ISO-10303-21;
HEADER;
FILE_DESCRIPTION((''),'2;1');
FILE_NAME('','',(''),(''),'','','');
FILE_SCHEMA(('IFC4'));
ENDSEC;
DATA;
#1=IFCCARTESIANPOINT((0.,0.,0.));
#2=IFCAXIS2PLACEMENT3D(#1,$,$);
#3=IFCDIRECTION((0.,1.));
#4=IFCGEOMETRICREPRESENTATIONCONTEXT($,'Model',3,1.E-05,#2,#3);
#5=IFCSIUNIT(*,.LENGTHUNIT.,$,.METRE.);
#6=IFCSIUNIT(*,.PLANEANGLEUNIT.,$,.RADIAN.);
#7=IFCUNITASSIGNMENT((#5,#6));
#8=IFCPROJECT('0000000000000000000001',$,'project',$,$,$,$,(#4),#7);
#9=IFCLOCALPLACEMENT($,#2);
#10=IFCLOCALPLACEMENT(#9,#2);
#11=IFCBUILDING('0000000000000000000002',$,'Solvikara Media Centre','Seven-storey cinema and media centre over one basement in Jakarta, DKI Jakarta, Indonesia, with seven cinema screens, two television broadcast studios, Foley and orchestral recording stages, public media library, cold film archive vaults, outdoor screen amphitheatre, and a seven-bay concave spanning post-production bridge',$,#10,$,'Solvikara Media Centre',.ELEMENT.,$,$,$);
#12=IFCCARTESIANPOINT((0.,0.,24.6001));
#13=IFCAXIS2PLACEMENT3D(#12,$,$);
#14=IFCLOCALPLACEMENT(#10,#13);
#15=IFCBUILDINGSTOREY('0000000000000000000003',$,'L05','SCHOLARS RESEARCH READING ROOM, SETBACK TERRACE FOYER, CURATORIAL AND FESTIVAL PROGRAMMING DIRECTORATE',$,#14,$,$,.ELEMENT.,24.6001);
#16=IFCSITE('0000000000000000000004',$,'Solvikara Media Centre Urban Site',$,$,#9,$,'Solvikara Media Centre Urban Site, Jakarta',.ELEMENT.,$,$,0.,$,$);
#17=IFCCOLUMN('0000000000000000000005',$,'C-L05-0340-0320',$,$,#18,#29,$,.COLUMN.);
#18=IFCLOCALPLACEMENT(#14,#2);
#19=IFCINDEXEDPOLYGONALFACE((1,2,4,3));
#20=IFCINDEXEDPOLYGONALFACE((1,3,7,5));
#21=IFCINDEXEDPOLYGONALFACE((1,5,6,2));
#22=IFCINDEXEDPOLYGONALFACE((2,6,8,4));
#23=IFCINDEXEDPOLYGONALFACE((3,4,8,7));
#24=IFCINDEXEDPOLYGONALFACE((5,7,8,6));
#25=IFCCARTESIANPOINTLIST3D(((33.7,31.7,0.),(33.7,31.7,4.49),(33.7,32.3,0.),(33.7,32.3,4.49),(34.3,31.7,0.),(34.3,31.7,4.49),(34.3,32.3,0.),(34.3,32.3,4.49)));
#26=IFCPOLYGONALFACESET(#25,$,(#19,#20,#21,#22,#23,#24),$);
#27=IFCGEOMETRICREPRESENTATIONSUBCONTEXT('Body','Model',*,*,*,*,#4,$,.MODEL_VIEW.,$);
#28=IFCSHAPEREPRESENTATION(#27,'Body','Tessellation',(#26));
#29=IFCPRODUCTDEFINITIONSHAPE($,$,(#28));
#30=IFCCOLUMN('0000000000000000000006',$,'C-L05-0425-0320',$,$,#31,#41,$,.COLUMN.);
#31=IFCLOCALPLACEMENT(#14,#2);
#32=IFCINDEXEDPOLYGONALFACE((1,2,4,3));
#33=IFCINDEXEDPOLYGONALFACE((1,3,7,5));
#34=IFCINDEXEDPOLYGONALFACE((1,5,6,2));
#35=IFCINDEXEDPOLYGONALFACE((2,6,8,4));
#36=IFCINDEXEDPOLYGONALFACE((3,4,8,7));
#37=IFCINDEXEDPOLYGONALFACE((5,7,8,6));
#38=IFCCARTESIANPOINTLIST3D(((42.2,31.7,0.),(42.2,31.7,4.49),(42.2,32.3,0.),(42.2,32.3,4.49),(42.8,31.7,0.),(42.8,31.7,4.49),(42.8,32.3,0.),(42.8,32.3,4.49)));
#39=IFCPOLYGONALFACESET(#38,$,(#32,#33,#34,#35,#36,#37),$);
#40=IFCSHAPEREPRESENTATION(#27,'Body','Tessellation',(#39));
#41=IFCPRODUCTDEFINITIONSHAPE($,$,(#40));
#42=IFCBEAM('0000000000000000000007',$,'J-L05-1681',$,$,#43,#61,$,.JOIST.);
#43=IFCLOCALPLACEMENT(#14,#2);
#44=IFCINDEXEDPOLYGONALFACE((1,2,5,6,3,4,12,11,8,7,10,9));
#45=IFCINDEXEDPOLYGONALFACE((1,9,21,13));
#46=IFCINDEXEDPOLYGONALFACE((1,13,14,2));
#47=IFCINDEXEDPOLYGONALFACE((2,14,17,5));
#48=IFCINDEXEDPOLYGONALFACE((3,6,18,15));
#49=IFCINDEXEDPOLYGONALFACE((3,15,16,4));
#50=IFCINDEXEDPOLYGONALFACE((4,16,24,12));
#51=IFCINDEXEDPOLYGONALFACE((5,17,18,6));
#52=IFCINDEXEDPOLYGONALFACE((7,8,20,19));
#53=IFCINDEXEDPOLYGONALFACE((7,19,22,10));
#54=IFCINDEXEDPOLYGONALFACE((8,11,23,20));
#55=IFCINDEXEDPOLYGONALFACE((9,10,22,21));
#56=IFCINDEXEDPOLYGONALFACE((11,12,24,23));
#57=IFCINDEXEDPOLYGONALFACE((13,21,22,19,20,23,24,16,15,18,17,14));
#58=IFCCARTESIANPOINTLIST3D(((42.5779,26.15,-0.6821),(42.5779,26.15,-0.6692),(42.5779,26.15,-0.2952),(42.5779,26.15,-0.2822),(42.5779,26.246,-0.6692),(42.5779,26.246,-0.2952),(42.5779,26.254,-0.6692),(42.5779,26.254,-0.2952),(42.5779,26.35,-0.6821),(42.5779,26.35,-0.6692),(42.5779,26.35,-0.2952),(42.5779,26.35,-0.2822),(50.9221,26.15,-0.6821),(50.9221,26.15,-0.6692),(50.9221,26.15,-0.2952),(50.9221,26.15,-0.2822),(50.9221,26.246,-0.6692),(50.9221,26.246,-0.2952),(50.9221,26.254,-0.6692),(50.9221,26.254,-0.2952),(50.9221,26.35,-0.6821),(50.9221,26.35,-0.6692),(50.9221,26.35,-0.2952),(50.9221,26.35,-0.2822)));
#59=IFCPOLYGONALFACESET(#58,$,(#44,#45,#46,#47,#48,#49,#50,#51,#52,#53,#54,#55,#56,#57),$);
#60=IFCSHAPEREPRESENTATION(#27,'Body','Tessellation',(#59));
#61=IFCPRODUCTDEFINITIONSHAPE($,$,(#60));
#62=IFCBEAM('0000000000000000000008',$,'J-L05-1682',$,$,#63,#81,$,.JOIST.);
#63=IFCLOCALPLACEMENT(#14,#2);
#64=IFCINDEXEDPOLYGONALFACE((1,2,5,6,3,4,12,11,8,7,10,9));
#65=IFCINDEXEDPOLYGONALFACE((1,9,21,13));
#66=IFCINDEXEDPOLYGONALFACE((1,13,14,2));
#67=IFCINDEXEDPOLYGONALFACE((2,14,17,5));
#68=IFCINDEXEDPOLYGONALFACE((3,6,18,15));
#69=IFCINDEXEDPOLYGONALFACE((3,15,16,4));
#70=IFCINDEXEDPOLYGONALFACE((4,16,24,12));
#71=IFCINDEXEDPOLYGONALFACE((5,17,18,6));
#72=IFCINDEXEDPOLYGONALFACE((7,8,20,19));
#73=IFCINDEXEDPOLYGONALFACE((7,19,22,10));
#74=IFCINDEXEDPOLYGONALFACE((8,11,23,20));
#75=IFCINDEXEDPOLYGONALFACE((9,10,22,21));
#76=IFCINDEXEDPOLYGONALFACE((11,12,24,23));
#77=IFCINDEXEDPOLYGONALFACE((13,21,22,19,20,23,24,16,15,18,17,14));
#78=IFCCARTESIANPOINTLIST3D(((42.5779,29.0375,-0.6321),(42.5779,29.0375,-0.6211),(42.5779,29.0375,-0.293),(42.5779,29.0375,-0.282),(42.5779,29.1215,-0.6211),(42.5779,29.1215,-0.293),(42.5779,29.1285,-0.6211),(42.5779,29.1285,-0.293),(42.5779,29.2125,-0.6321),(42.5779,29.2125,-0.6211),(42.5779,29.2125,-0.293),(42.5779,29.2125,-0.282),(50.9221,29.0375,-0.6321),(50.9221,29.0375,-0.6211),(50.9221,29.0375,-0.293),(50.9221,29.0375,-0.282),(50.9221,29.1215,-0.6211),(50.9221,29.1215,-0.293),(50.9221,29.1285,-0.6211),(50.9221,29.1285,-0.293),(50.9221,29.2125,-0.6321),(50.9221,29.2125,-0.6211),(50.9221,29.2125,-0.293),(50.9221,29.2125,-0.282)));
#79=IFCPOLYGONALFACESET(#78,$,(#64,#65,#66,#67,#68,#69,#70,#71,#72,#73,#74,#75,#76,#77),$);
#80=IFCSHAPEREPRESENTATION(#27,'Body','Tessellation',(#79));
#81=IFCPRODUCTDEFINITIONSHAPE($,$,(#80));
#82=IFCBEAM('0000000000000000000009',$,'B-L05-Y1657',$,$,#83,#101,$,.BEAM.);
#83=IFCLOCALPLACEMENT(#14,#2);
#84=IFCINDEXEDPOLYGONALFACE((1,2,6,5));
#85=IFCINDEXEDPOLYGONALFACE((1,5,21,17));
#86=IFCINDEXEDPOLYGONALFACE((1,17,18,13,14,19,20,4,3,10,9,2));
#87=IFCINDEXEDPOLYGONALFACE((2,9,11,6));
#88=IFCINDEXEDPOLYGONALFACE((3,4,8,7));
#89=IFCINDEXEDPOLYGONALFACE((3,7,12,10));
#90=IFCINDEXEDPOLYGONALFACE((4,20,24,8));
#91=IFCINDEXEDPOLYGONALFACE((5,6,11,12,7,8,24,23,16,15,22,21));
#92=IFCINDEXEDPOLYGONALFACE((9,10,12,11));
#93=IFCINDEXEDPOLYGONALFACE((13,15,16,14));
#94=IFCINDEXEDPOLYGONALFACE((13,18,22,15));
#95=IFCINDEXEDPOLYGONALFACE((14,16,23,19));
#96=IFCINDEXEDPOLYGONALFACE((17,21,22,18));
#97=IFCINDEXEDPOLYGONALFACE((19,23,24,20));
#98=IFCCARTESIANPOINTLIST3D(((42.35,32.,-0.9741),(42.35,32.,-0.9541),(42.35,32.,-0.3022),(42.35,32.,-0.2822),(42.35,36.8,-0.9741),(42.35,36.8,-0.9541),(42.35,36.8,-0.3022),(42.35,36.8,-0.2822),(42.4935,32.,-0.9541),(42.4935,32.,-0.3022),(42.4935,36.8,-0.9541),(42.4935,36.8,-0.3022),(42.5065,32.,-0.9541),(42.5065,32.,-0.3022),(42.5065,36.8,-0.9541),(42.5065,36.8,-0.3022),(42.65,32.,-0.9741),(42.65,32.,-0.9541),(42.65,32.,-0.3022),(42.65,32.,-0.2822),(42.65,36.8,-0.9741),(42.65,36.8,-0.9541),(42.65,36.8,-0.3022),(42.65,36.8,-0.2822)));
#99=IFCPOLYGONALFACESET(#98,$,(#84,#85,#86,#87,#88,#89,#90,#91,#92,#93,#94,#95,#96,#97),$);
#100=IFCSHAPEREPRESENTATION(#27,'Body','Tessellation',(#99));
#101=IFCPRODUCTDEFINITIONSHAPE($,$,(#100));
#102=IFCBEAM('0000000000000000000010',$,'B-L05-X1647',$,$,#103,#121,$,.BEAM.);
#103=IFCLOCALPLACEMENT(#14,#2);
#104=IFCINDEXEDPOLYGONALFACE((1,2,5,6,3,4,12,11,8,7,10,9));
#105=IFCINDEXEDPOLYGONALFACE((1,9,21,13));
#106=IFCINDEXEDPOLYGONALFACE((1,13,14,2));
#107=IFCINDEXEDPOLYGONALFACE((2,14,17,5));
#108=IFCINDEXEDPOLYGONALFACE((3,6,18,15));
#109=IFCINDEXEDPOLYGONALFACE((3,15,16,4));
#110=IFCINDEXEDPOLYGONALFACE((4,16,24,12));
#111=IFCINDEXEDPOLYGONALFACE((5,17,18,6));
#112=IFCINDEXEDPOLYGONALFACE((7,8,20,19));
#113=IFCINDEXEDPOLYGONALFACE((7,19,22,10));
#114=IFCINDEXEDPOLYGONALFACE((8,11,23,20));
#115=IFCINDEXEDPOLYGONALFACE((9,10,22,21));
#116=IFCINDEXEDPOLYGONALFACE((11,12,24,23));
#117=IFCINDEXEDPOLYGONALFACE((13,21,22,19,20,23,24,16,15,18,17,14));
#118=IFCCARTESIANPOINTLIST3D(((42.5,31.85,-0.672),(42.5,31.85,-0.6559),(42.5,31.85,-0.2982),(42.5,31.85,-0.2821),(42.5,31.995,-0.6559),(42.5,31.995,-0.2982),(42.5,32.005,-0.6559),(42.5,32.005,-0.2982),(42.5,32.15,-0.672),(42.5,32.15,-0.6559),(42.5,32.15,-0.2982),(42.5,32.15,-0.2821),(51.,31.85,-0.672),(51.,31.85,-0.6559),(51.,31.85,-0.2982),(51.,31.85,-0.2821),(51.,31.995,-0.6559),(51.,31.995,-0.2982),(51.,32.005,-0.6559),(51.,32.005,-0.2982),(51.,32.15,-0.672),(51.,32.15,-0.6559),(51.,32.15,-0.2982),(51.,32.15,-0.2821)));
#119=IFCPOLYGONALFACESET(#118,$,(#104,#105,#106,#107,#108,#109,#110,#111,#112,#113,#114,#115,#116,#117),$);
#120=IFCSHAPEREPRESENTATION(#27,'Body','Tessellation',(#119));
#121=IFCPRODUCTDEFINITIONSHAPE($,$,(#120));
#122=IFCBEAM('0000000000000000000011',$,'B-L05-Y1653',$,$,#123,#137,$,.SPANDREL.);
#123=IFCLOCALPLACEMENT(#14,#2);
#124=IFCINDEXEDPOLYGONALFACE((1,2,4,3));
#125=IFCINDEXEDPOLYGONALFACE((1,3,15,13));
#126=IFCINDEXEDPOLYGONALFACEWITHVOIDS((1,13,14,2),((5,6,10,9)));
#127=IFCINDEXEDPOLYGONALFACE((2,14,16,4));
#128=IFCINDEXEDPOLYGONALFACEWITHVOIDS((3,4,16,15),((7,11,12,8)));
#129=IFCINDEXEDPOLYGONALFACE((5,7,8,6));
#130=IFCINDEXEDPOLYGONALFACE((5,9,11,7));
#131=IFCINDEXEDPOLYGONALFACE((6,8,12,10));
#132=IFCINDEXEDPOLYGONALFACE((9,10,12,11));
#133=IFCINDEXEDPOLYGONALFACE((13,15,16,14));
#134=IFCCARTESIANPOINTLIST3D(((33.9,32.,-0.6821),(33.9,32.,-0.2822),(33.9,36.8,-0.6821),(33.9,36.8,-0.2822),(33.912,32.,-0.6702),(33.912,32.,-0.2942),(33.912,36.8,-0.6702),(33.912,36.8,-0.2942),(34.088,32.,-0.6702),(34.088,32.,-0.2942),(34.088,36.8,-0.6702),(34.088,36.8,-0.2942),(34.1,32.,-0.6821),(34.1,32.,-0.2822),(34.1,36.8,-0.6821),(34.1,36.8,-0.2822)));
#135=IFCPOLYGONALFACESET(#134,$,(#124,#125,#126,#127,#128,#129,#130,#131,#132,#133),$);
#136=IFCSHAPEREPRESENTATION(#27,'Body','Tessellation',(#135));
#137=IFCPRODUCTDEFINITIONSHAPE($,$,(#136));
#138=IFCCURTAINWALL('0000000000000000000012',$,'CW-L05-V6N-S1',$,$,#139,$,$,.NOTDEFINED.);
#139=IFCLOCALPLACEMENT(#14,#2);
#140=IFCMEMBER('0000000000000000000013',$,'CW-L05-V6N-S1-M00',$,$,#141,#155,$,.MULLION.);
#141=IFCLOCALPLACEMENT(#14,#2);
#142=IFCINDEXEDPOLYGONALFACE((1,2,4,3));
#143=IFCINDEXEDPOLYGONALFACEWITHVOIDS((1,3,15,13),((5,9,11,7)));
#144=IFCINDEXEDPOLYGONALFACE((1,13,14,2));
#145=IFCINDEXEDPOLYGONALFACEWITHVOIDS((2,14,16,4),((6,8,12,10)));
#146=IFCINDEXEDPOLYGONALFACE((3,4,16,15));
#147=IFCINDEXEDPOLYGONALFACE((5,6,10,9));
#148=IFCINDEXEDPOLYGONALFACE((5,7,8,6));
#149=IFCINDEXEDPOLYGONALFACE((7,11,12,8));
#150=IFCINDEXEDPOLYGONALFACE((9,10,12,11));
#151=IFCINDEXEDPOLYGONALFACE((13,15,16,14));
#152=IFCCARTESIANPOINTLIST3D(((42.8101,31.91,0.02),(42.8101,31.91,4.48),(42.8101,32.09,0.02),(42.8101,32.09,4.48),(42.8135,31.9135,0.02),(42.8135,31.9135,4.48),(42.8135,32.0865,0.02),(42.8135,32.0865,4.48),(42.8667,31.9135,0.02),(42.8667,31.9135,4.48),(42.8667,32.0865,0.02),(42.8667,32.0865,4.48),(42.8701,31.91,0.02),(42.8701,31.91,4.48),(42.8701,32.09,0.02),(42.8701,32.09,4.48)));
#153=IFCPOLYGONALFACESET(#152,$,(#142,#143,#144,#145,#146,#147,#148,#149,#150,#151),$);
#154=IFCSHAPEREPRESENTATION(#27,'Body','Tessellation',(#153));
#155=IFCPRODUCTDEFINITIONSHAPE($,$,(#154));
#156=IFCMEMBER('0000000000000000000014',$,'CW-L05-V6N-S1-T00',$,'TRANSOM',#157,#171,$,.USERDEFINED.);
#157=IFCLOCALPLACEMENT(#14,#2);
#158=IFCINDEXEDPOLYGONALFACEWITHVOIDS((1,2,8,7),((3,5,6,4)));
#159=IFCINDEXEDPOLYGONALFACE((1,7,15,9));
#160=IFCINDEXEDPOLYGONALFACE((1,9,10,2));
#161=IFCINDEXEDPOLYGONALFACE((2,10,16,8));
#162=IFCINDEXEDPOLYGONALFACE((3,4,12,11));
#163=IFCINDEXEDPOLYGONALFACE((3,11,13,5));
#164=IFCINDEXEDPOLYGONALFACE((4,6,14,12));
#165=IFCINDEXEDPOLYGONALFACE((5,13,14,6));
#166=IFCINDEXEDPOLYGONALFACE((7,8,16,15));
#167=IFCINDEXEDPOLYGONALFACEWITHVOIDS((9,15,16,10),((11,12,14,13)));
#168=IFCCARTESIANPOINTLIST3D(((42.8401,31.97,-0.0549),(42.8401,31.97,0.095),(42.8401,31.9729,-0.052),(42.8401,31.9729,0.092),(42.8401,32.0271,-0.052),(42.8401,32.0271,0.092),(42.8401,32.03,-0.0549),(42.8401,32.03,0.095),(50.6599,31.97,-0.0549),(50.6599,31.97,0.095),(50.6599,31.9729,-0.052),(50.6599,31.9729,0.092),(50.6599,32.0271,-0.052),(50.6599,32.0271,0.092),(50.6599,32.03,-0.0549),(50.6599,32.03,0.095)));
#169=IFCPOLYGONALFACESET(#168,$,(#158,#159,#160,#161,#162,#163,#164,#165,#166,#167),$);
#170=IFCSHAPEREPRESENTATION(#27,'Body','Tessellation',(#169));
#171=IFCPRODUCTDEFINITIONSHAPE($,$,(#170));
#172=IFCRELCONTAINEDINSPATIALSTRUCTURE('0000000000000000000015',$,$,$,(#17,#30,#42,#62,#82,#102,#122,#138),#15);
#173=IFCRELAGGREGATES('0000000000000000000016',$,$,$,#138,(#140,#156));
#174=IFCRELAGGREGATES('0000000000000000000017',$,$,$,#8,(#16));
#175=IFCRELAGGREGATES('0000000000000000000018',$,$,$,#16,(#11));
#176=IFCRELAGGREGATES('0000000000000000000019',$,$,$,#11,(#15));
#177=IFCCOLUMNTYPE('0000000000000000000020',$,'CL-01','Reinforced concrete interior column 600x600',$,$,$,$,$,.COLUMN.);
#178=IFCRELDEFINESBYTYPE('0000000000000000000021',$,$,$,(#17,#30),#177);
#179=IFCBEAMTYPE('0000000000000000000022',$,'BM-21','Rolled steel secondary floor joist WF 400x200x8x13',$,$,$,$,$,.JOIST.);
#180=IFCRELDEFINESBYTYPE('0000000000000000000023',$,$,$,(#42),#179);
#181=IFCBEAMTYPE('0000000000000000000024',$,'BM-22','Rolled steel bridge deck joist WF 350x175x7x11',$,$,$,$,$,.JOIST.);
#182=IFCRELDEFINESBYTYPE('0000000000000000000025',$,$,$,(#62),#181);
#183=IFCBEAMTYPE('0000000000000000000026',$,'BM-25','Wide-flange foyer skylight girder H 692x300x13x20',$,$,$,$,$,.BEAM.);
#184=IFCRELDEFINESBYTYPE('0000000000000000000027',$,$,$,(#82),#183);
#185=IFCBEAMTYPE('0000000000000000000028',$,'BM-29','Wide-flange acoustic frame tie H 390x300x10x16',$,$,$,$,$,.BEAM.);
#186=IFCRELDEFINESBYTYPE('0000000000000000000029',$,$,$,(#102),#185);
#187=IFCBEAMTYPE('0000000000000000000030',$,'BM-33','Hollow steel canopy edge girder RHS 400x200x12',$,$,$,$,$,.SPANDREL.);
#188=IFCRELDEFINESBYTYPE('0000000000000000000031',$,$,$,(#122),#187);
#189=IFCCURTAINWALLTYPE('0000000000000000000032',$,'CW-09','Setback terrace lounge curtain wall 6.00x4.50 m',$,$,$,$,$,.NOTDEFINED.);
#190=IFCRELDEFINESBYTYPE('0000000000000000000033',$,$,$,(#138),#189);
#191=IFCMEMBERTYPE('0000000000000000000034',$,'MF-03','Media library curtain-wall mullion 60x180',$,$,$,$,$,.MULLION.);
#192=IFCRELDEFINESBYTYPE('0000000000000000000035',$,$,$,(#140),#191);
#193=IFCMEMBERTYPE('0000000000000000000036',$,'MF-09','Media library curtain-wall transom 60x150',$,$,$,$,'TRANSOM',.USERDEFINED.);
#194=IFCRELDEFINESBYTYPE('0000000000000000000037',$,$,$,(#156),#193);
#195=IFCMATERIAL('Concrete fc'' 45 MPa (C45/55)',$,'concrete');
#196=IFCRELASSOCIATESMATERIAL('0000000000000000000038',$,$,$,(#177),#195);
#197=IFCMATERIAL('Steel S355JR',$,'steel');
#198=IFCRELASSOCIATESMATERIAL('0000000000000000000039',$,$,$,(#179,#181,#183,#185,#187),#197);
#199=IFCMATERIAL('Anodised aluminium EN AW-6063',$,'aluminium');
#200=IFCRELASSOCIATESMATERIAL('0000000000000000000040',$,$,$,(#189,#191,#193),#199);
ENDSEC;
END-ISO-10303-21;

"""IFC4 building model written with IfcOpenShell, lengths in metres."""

from ifc_helpers import new_model, si_unit, direction, frame, origin, origin_2d, place, context, subcontext, project, spatial, rectangle, hollow_rectangle, i_section, extrude, material, material_profile, profile_set, type_object, element, aggregate, save


model = new_model("IFC4")

# Units and contexts
model_context = context("Model", 3, precision=1e-05, world=origin(), true_north=direction((0.0, 1.0)))
body_context = subcontext(model_context, "Body", "Model", "MODEL_VIEW")
ifc_project = project(units=[si_unit("LENGTHUNIT", "METRE"), si_unit("PLANEANGLEUNIT", "RADIAN")], contexts=[model_context])

# Site, building, storey
site_placement = place(None, origin())
site = spatial("IfcSite", under=ifc_project, at=site_placement, Name="Solvikara Media Centre Urban Site", LongName="Solvikara Media Centre Urban Site, Jakarta", CompositionType="ELEMENT", RefElevation=0.0)
building_placement = place(site_placement, origin())
building = spatial("IfcBuilding", under=site, at=building_placement, Name="Solvikara Media Centre", Description="Seven-storey cinema and media centre over one basement in Jakarta, DKI Jakarta, Indonesia, with seven cinema screens, two television broadcast studios, Foley and orchestral recording stages, public media library, cold film archive vaults, outdoor screen amphitheatre, and a seven-bay concave spanning post-production bridge", LongName="Solvikara Media Centre", CompositionType="ELEMENT")
storey_placement = place(building_placement, frame((0.0, 0.0, 24.6001)))
storey = spatial("IfcBuildingStorey", under=building, at=storey_placement, Name="L05", Description="SCHOLARS RESEARCH READING ROOM, SETBACK TERRACE FOYER, CURATORIAL AND FESTIVAL PROGRAMMING DIRECTORATE", CompositionType="ELEMENT", Elevation=24.6001)

# Columns
ifc_material_1 = material(Name="Concrete fc' 45 MPa (C45/55)", Category="concrete")
ifc_material_profile_1 = material_profile(ifc_material_1, rectangle(XDim=0.6001, YDim=0.6001, at=origin_2d()), Name="RC 600x600")
ifc_profile_set_1 = profile_set([ifc_material_profile_1], Name="Concrete fc' 45 MPa (C45/55)")
column_type = type_object("IfcColumnType", Name="CL-01", Description="Reinforced concrete interior column 600x600", PredefinedType="COLUMN", material=ifc_profile_set_1)
for number, where, z_axis, x_axis, name in (
    (1, (34.0, 32.0, 0.0), (0.0, 0.0, 1.0), (1.0, 0.0, 0.0), "C-L05-0340-0320"),
    (2, (42.5, 32.0, 0.0), (0.0, 0.0, 1.0), (1.0, 0.0, 0.0), "C-L05-0425-0320"),
):
    element("IfcColumn", number, at=place(storey_placement, frame(where, z_axis=z_axis, x_axis=x_axis)), inside=storey, type_object=column_type, Name=name, PredefinedType="COLUMN", context=body_context, shape_type="SweptSolid", body=[
        extrude(rectangle(XDim=0.6001, YDim=0.6001, at=origin_2d()), origin(), (0.0, 0.0, 1.0), 4.49),
    ])

# Beams
ifc_material_2 = material(Name="Steel S355JR", Category="steel")
ifc_material_profile_2 = material_profile(ifc_material_2, i_section(OverallWidth=0.2, OverallDepth=0.3999, WebThickness=0.0081, FlangeThickness=0.0129, at=origin_2d()), Name="WF 400x200x8x13")
ifc_profile_set_2 = profile_set([ifc_material_profile_2], Name="Steel S355JR")
beam_type_1 = type_object("IfcBeamType", Name="BM-21", Description="Rolled steel secondary floor joist WF 400x200x8x13", PredefinedType="JOIST", material=ifc_profile_set_2)
beam_1_placement = place(storey_placement, frame((42.5779, 26.25, -0.4822), z_axis=(1.0, 0.0, 0.0), x_axis=(0.0, 1.0, 0.0)))
element("IfcBeam", 3, at=beam_1_placement, inside=storey, type_object=beam_type_1, Name="J-L05-1681", PredefinedType="JOIST", context=body_context, shape_type="SweptSolid", body=[
    extrude(i_section(OverallWidth=0.2, OverallDepth=0.3999, WebThickness=0.0081, FlangeThickness=0.0129, at=origin_2d()), origin(), (0.0, 0.0, 1.0), 8.3442),
])
ifc_material_profile_3 = material_profile(ifc_material_2, i_section(OverallWidth=0.175, OverallDepth=0.3501, WebThickness=0.0071, FlangeThickness=0.011, at=origin_2d()), Name="WF 350x175x7x11")
ifc_profile_set_3 = profile_set([ifc_material_profile_3], Name="Steel S355JR")
beam_type_2 = type_object("IfcBeamType", Name="BM-22", Description="Rolled steel bridge deck joist WF 350x175x7x11", PredefinedType="JOIST", material=ifc_profile_set_3)
beam_2_placement = place(storey_placement, frame((42.5779, 29.125, -0.457), z_axis=(1.0, 0.0, 0.0), x_axis=(0.0, 1.0, 0.0)))
element("IfcBeam", 4, at=beam_2_placement, inside=storey, type_object=beam_type_2, Name="J-L05-1682", PredefinedType="JOIST", context=body_context, shape_type="SweptSolid", body=[
    extrude(i_section(OverallWidth=0.175, OverallDepth=0.3501, WebThickness=0.0071, FlangeThickness=0.011, at=origin_2d()), origin(), (0.0, 0.0, 1.0), 8.3442),
])
ifc_material_profile_4 = material_profile(ifc_material_2, i_section(OverallWidth=0.3, OverallDepth=0.6919, WebThickness=0.0129, FlangeThickness=0.02, at=origin_2d()), Name="H 692x300x13x20")
ifc_profile_set_4 = profile_set([ifc_material_profile_4], Name="Steel S355JR")
beam_type_3 = type_object("IfcBeamType", Name="BM-25", Description="Wide-flange foyer skylight girder H 692x300x13x20", PredefinedType="BEAM", material=ifc_profile_set_4)
beam_3_placement = place(storey_placement, frame((42.5, 32.0, -0.6282), z_axis=(0.0, 1.0, 0.0), x_axis=(-1.0, 0.0, 0.0)))
element("IfcBeam", 5, at=beam_3_placement, inside=storey, type_object=beam_type_3, Name="B-L05-Y1657", PredefinedType="BEAM", context=body_context, shape_type="SweptSolid", body=[
    extrude(i_section(OverallWidth=0.3, OverallDepth=0.6919, WebThickness=0.0129, FlangeThickness=0.02, at=origin_2d()), origin(), (0.0, 0.0, 1.0), 4.8),
])
ifc_material_profile_5 = material_profile(ifc_material_2, i_section(OverallWidth=0.3, OverallDepth=0.3899, WebThickness=0.01, FlangeThickness=0.0161, at=origin_2d()), Name="H 390x300x10x16")
ifc_profile_set_5 = profile_set([ifc_material_profile_5], Name="Steel S355JR")
beam_type_4 = type_object("IfcBeamType", Name="BM-29", Description="Wide-flange acoustic frame tie H 390x300x10x16", PredefinedType="BEAM", material=ifc_profile_set_5)
beam_4_placement = place(storey_placement, frame((42.5, 32.0, -0.4771), z_axis=(1.0, 0.0, 0.0), x_axis=(0.0, 1.0, 0.0)))
element("IfcBeam", 6, at=beam_4_placement, inside=storey, type_object=beam_type_4, Name="B-L05-X1647", PredefinedType="BEAM", context=body_context, shape_type="SweptSolid", body=[
    extrude(i_section(OverallWidth=0.3, OverallDepth=0.3899, WebThickness=0.01, FlangeThickness=0.0161, at=origin_2d()), origin(), (0.0, 0.0, 1.0), 8.5),
])
ifc_material_profile_6 = material_profile(ifc_material_2, hollow_rectangle(XDim=0.2, YDim=0.3999, WallThickness=0.012, at=origin_2d()), Name="RHS 400x200x12")
ifc_profile_set_6 = profile_set([ifc_material_profile_6], Name="Steel S355JR")
beam_type_5 = type_object("IfcBeamType", Name="BM-33", Description="Hollow steel canopy edge girder RHS 400x200x12", PredefinedType="SPANDREL", material=ifc_profile_set_6)
beam_5_placement = place(storey_placement, frame((34.0, 32.0, -0.4822), z_axis=(0.0, 1.0, 0.0), x_axis=(-1.0, 0.0, 0.0)))
element("IfcBeam", 7, at=beam_5_placement, inside=storey, type_object=beam_type_5, Name="B-L05-Y1653", PredefinedType="SPANDREL", context=body_context, shape_type="SweptSolid", body=[
    extrude(hollow_rectangle(XDim=0.2, YDim=0.3999, WallThickness=0.012, at=origin_2d()), origin(), (0.0, 0.0, 1.0), 4.8),
])

# Curtain wall, members
ifc_material_3 = material(Name="Anodised aluminium EN AW-6063", Category="aluminium")
curtain_wall_type = type_object("IfcCurtainWallType", Name="CW-09", Description="Setback terrace lounge curtain wall 6.00x4.50 m", PredefinedType="NOTDEFINED", material=ifc_material_3)
curtain_wall_placement = place(storey_placement, origin())
curtain_wall = element("IfcCurtainWall", 8, at=curtain_wall_placement, inside=storey, type_object=curtain_wall_type, Name="CW-L05-V6N-S1", PredefinedType="NOTDEFINED")
ifc_material_profile_7 = material_profile(ifc_material_3, hollow_rectangle(XDim=0.0601, YDim=0.1799, WallThickness=0.0034, at=origin_2d()), Name="ALU-M 60x180x3.5")
ifc_profile_set_7 = profile_set([ifc_material_profile_7], Name="Anodised aluminium EN AW-6063")
member_type_1 = type_object("IfcMemberType", Name="MF-03", Description="Media library curtain-wall mullion 60x180", PredefinedType="MULLION", material=ifc_profile_set_7)
member_1_placement = place(storey_placement, frame((42.8401, 32.0, 0.02), z_axis=(0.0, 0.0, 1.0), x_axis=(1.0, 0.0, 0.0)))
member_1 = element("IfcMember", 9, at=member_1_placement, type_object=member_type_1, Name="CW-L05-V6N-S1-M00", PredefinedType="MULLION", context=body_context, shape_type="SweptSolid", body=[
    extrude(hollow_rectangle(XDim=0.0601, YDim=0.1799, WallThickness=0.0034, at=origin_2d()), origin(), (0.0, 0.0, 1.0), 4.46),
])
ifc_material_profile_8 = material_profile(ifc_material_3, hollow_rectangle(XDim=0.0601, YDim=0.1499, WallThickness=0.0029, at=origin_2d()), Name="ALU-T 60x150x3")
ifc_profile_set_8 = profile_set([ifc_material_profile_8], Name="Anodised aluminium EN AW-6063")
member_type_2 = type_object("IfcMemberType", Name="MF-09", Description="Media library curtain-wall transom 60x150", ElementType="TRANSOM", PredefinedType="USERDEFINED", material=ifc_profile_set_8)
member_2_placement = place(storey_placement, frame((42.8401, 32.0, 0.02), z_axis=(1.0, 0.0, 0.0), x_axis=(0.0, 1.0, 0.0)))
member_2 = element("IfcMember", 10, at=member_2_placement, type_object=member_type_2, Name="CW-L05-V6N-S1-T00", ObjectType="TRANSOM", PredefinedType="USERDEFINED", context=body_context, shape_type="SweptSolid", body=[
    extrude(hollow_rectangle(XDim=0.0601, YDim=0.1499, WallThickness=0.0029, at=origin_2d()), origin(), (0.0, 0.0, 1.0), 7.8198),
])
aggregate(curtain_wall, [member_1, member_2])

save(model, "model.ifc")
